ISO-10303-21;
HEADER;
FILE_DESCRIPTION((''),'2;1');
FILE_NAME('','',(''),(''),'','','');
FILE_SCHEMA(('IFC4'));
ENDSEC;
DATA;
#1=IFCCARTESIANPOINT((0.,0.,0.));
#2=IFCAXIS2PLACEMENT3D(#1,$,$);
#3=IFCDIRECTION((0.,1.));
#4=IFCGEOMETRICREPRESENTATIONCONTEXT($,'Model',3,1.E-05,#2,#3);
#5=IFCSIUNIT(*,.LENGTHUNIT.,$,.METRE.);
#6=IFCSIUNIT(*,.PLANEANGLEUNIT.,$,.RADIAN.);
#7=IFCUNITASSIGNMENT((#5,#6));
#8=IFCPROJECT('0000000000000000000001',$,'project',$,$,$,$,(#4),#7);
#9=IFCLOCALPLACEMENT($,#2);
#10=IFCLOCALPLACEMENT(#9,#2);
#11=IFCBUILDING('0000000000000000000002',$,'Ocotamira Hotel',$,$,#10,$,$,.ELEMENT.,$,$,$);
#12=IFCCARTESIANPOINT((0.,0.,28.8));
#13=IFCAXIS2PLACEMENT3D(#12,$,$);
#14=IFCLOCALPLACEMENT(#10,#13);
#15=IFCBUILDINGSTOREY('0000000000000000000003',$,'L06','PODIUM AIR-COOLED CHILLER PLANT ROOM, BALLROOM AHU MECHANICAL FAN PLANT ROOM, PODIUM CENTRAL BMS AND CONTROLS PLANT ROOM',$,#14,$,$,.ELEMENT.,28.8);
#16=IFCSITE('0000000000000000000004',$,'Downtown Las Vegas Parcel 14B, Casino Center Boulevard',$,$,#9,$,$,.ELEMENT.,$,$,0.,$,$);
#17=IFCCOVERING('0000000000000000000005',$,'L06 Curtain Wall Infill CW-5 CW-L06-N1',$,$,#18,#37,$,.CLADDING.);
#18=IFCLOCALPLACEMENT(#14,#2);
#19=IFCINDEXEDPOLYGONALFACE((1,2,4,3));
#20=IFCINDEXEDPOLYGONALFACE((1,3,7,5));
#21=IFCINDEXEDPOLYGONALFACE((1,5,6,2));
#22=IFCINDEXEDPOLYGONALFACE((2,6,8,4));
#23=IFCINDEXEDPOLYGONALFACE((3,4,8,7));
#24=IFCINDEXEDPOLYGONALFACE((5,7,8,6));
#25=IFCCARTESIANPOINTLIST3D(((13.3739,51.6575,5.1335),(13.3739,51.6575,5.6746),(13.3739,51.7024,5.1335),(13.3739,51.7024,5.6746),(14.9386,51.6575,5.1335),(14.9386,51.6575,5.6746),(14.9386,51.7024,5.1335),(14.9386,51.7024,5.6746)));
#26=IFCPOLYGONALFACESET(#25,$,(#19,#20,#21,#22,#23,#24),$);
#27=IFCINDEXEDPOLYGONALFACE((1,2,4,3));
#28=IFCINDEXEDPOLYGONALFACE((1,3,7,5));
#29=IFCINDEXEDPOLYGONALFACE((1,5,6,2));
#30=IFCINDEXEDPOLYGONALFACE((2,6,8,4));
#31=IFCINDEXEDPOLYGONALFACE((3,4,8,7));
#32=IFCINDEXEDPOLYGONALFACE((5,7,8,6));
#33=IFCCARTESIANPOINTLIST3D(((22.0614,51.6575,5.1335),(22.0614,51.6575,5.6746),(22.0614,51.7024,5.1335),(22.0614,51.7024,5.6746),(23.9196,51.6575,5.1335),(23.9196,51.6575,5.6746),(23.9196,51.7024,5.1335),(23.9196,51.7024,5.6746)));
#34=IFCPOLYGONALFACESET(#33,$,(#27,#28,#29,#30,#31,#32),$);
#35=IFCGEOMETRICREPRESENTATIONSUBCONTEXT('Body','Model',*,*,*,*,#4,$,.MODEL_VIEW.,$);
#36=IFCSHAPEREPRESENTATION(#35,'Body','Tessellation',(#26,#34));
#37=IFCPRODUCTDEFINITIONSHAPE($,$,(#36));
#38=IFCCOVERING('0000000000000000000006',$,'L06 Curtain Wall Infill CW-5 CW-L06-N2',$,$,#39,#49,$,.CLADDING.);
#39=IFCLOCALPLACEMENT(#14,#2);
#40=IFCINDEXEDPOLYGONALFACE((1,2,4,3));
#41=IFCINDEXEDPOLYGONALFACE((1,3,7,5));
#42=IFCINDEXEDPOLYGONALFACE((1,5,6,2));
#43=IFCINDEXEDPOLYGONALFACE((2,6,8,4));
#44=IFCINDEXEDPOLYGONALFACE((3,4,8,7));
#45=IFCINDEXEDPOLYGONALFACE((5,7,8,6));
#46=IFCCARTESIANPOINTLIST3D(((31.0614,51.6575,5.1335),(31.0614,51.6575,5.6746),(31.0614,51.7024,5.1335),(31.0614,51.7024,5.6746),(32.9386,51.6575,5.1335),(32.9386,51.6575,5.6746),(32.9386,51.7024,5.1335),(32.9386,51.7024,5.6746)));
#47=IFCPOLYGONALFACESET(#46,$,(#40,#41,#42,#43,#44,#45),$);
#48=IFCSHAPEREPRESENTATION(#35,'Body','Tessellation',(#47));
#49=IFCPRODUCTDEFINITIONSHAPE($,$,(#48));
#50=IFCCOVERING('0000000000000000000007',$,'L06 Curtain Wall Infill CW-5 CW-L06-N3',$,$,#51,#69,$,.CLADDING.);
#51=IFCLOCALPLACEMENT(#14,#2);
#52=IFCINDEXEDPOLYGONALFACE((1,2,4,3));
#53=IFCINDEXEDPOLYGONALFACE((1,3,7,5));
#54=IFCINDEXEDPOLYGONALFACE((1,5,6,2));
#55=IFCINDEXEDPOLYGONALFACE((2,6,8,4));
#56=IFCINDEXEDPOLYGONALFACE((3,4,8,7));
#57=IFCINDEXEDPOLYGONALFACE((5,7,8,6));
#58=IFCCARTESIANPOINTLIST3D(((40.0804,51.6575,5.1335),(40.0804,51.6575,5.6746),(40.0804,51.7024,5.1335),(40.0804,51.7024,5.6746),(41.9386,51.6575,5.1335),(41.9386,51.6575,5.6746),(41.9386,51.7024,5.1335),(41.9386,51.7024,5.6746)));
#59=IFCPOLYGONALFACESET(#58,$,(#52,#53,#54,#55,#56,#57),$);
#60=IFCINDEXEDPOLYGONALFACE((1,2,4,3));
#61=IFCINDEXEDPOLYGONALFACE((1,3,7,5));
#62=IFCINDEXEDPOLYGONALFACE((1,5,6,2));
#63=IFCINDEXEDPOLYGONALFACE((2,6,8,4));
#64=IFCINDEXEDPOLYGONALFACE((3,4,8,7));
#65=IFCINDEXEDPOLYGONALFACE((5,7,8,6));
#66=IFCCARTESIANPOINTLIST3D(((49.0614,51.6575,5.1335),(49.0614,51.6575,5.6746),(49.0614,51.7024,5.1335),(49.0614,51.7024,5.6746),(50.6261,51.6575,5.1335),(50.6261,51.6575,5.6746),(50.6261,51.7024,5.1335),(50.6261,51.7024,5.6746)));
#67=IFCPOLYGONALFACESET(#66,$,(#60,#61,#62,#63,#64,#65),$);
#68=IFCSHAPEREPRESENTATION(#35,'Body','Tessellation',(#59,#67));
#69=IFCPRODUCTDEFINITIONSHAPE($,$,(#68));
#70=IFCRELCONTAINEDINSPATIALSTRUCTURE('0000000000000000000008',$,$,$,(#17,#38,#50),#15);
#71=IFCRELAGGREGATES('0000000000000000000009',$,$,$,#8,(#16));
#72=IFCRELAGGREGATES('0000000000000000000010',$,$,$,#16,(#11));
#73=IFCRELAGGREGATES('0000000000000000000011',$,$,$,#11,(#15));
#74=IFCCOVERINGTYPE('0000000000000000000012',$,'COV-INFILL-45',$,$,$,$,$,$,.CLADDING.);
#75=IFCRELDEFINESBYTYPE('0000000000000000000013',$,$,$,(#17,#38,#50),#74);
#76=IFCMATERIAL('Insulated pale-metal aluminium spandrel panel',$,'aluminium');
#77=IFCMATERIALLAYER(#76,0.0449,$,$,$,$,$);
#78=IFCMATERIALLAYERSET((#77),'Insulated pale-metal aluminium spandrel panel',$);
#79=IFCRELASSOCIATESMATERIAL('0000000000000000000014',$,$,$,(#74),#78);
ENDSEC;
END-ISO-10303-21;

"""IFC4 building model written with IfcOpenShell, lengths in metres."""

from ifc_helpers import new_model, si_unit, direction, frame, origin, origin_2d, place, context, subcontext, project, spatial, rectangle, extrude, material, layer, layer_set, type_object, element, save


model = new_model("IFC4")

# Units and contexts
model_context = context("Model", 3, precision=1e-05, world=origin(), true_north=direction((0.0, 1.0)))
body_context = subcontext(model_context, "Body", "Model", "MODEL_VIEW")
ifc_project = project(units=[si_unit("LENGTHUNIT", "METRE"), si_unit("PLANEANGLEUNIT", "RADIAN")], contexts=[model_context])

# Site, building, storey
site_placement = place(None, origin())
site = spatial("IfcSite", under=ifc_project, at=site_placement, Name="Downtown Las Vegas Parcel 14B, Casino Center Boulevard", CompositionType="ELEMENT", RefElevation=0.0)
building_placement = place(site_placement, origin())
building = spatial("IfcBuilding", under=site, at=building_placement, Name="Ocotamira Hotel", CompositionType="ELEMENT")
storey_placement = place(building_placement, frame((0.0, 0.0, 28.8)))
storey = spatial("IfcBuildingStorey", under=building, at=storey_placement, Name="L06", Description="PODIUM AIR-COOLED CHILLER PLANT ROOM, BALLROOM AHU MECHANICAL FAN PLANT ROOM, PODIUM CENTRAL BMS AND CONTROLS PLANT ROOM", CompositionType="ELEMENT", Elevation=28.8)

# Coverings
ifc_material_1 = material(Name="Insulated pale-metal aluminium spandrel panel", Category="aluminium")
ifc_layer_1 = layer(ifc_material_1, 0.0449)
ifc_layer_set_1 = layer_set([ifc_layer_1], Name="Insulated pale-metal aluminium spandrel panel")
covering_type = type_object("IfcCoveringType", Name="COV-INFILL-45", PredefinedType="CLADDING", material=ifc_layer_set_1)
covering_1_placement = place(storey_placement, origin())
element("IfcCovering", 1, at=covering_1_placement, inside=storey, type_object=covering_type, Name="L06 Curtain Wall Infill CW-5 CW-L06-N1", PredefinedType="CLADDING", context=body_context, shape_type="SweptSolid", body=[
    extrude(rectangle(XDim=1.5647, YDim=0.0449, at=origin_2d()), frame((14.1562, 51.6799, 5.1335), z_axis=(0.0, 0.0, 1.0), x_axis=(1.0, 0.0, 0.0)), (0.0, 0.0, 1.0), 0.541),
    extrude(rectangle(XDim=1.8582, YDim=0.0449, at=origin_2d()), frame((22.9905, 51.6799, 5.1335), z_axis=(0.0, 0.0, 1.0), x_axis=(1.0, 0.0, 0.0)), (0.0, 0.0, 1.0), 0.541),
])
covering_2_placement = place(storey_placement, origin())
element("IfcCovering", 2, at=covering_2_placement, inside=storey, type_object=covering_type, Name="L06 Curtain Wall Infill CW-5 CW-L06-N2", PredefinedType="CLADDING", context=body_context, shape_type="SweptSolid", body=[
    extrude(rectangle(XDim=1.8772, YDim=0.0449, at=origin_2d()), frame((32.0, 51.6799, 5.1335), z_axis=(0.0, 0.0, 1.0), x_axis=(1.0, 0.0, 0.0)), (0.0, 0.0, 1.0), 0.541),
])
covering_3_placement = place(storey_placement, origin())
element("IfcCovering", 3, at=covering_3_placement, inside=storey, type_object=covering_type, Name="L06 Curtain Wall Infill CW-5 CW-L06-N3", PredefinedType="CLADDING", context=body_context, shape_type="SweptSolid", body=[
    extrude(rectangle(XDim=1.8582, YDim=0.0449, at=origin_2d()), frame((41.0095, 51.6799, 5.1335), z_axis=(0.0, 0.0, 1.0), x_axis=(1.0, 0.0, 0.0)), (0.0, 0.0, 1.0), 0.541),
    extrude(rectangle(XDim=1.5647, YDim=0.0449, at=origin_2d()), frame((49.8438, 51.6799, 5.1335), z_axis=(0.0, 0.0, 1.0), x_axis=(1.0, 0.0, 0.0)), (0.0, 0.0, 1.0), 0.541),
])

save(model, "model.ifc")
